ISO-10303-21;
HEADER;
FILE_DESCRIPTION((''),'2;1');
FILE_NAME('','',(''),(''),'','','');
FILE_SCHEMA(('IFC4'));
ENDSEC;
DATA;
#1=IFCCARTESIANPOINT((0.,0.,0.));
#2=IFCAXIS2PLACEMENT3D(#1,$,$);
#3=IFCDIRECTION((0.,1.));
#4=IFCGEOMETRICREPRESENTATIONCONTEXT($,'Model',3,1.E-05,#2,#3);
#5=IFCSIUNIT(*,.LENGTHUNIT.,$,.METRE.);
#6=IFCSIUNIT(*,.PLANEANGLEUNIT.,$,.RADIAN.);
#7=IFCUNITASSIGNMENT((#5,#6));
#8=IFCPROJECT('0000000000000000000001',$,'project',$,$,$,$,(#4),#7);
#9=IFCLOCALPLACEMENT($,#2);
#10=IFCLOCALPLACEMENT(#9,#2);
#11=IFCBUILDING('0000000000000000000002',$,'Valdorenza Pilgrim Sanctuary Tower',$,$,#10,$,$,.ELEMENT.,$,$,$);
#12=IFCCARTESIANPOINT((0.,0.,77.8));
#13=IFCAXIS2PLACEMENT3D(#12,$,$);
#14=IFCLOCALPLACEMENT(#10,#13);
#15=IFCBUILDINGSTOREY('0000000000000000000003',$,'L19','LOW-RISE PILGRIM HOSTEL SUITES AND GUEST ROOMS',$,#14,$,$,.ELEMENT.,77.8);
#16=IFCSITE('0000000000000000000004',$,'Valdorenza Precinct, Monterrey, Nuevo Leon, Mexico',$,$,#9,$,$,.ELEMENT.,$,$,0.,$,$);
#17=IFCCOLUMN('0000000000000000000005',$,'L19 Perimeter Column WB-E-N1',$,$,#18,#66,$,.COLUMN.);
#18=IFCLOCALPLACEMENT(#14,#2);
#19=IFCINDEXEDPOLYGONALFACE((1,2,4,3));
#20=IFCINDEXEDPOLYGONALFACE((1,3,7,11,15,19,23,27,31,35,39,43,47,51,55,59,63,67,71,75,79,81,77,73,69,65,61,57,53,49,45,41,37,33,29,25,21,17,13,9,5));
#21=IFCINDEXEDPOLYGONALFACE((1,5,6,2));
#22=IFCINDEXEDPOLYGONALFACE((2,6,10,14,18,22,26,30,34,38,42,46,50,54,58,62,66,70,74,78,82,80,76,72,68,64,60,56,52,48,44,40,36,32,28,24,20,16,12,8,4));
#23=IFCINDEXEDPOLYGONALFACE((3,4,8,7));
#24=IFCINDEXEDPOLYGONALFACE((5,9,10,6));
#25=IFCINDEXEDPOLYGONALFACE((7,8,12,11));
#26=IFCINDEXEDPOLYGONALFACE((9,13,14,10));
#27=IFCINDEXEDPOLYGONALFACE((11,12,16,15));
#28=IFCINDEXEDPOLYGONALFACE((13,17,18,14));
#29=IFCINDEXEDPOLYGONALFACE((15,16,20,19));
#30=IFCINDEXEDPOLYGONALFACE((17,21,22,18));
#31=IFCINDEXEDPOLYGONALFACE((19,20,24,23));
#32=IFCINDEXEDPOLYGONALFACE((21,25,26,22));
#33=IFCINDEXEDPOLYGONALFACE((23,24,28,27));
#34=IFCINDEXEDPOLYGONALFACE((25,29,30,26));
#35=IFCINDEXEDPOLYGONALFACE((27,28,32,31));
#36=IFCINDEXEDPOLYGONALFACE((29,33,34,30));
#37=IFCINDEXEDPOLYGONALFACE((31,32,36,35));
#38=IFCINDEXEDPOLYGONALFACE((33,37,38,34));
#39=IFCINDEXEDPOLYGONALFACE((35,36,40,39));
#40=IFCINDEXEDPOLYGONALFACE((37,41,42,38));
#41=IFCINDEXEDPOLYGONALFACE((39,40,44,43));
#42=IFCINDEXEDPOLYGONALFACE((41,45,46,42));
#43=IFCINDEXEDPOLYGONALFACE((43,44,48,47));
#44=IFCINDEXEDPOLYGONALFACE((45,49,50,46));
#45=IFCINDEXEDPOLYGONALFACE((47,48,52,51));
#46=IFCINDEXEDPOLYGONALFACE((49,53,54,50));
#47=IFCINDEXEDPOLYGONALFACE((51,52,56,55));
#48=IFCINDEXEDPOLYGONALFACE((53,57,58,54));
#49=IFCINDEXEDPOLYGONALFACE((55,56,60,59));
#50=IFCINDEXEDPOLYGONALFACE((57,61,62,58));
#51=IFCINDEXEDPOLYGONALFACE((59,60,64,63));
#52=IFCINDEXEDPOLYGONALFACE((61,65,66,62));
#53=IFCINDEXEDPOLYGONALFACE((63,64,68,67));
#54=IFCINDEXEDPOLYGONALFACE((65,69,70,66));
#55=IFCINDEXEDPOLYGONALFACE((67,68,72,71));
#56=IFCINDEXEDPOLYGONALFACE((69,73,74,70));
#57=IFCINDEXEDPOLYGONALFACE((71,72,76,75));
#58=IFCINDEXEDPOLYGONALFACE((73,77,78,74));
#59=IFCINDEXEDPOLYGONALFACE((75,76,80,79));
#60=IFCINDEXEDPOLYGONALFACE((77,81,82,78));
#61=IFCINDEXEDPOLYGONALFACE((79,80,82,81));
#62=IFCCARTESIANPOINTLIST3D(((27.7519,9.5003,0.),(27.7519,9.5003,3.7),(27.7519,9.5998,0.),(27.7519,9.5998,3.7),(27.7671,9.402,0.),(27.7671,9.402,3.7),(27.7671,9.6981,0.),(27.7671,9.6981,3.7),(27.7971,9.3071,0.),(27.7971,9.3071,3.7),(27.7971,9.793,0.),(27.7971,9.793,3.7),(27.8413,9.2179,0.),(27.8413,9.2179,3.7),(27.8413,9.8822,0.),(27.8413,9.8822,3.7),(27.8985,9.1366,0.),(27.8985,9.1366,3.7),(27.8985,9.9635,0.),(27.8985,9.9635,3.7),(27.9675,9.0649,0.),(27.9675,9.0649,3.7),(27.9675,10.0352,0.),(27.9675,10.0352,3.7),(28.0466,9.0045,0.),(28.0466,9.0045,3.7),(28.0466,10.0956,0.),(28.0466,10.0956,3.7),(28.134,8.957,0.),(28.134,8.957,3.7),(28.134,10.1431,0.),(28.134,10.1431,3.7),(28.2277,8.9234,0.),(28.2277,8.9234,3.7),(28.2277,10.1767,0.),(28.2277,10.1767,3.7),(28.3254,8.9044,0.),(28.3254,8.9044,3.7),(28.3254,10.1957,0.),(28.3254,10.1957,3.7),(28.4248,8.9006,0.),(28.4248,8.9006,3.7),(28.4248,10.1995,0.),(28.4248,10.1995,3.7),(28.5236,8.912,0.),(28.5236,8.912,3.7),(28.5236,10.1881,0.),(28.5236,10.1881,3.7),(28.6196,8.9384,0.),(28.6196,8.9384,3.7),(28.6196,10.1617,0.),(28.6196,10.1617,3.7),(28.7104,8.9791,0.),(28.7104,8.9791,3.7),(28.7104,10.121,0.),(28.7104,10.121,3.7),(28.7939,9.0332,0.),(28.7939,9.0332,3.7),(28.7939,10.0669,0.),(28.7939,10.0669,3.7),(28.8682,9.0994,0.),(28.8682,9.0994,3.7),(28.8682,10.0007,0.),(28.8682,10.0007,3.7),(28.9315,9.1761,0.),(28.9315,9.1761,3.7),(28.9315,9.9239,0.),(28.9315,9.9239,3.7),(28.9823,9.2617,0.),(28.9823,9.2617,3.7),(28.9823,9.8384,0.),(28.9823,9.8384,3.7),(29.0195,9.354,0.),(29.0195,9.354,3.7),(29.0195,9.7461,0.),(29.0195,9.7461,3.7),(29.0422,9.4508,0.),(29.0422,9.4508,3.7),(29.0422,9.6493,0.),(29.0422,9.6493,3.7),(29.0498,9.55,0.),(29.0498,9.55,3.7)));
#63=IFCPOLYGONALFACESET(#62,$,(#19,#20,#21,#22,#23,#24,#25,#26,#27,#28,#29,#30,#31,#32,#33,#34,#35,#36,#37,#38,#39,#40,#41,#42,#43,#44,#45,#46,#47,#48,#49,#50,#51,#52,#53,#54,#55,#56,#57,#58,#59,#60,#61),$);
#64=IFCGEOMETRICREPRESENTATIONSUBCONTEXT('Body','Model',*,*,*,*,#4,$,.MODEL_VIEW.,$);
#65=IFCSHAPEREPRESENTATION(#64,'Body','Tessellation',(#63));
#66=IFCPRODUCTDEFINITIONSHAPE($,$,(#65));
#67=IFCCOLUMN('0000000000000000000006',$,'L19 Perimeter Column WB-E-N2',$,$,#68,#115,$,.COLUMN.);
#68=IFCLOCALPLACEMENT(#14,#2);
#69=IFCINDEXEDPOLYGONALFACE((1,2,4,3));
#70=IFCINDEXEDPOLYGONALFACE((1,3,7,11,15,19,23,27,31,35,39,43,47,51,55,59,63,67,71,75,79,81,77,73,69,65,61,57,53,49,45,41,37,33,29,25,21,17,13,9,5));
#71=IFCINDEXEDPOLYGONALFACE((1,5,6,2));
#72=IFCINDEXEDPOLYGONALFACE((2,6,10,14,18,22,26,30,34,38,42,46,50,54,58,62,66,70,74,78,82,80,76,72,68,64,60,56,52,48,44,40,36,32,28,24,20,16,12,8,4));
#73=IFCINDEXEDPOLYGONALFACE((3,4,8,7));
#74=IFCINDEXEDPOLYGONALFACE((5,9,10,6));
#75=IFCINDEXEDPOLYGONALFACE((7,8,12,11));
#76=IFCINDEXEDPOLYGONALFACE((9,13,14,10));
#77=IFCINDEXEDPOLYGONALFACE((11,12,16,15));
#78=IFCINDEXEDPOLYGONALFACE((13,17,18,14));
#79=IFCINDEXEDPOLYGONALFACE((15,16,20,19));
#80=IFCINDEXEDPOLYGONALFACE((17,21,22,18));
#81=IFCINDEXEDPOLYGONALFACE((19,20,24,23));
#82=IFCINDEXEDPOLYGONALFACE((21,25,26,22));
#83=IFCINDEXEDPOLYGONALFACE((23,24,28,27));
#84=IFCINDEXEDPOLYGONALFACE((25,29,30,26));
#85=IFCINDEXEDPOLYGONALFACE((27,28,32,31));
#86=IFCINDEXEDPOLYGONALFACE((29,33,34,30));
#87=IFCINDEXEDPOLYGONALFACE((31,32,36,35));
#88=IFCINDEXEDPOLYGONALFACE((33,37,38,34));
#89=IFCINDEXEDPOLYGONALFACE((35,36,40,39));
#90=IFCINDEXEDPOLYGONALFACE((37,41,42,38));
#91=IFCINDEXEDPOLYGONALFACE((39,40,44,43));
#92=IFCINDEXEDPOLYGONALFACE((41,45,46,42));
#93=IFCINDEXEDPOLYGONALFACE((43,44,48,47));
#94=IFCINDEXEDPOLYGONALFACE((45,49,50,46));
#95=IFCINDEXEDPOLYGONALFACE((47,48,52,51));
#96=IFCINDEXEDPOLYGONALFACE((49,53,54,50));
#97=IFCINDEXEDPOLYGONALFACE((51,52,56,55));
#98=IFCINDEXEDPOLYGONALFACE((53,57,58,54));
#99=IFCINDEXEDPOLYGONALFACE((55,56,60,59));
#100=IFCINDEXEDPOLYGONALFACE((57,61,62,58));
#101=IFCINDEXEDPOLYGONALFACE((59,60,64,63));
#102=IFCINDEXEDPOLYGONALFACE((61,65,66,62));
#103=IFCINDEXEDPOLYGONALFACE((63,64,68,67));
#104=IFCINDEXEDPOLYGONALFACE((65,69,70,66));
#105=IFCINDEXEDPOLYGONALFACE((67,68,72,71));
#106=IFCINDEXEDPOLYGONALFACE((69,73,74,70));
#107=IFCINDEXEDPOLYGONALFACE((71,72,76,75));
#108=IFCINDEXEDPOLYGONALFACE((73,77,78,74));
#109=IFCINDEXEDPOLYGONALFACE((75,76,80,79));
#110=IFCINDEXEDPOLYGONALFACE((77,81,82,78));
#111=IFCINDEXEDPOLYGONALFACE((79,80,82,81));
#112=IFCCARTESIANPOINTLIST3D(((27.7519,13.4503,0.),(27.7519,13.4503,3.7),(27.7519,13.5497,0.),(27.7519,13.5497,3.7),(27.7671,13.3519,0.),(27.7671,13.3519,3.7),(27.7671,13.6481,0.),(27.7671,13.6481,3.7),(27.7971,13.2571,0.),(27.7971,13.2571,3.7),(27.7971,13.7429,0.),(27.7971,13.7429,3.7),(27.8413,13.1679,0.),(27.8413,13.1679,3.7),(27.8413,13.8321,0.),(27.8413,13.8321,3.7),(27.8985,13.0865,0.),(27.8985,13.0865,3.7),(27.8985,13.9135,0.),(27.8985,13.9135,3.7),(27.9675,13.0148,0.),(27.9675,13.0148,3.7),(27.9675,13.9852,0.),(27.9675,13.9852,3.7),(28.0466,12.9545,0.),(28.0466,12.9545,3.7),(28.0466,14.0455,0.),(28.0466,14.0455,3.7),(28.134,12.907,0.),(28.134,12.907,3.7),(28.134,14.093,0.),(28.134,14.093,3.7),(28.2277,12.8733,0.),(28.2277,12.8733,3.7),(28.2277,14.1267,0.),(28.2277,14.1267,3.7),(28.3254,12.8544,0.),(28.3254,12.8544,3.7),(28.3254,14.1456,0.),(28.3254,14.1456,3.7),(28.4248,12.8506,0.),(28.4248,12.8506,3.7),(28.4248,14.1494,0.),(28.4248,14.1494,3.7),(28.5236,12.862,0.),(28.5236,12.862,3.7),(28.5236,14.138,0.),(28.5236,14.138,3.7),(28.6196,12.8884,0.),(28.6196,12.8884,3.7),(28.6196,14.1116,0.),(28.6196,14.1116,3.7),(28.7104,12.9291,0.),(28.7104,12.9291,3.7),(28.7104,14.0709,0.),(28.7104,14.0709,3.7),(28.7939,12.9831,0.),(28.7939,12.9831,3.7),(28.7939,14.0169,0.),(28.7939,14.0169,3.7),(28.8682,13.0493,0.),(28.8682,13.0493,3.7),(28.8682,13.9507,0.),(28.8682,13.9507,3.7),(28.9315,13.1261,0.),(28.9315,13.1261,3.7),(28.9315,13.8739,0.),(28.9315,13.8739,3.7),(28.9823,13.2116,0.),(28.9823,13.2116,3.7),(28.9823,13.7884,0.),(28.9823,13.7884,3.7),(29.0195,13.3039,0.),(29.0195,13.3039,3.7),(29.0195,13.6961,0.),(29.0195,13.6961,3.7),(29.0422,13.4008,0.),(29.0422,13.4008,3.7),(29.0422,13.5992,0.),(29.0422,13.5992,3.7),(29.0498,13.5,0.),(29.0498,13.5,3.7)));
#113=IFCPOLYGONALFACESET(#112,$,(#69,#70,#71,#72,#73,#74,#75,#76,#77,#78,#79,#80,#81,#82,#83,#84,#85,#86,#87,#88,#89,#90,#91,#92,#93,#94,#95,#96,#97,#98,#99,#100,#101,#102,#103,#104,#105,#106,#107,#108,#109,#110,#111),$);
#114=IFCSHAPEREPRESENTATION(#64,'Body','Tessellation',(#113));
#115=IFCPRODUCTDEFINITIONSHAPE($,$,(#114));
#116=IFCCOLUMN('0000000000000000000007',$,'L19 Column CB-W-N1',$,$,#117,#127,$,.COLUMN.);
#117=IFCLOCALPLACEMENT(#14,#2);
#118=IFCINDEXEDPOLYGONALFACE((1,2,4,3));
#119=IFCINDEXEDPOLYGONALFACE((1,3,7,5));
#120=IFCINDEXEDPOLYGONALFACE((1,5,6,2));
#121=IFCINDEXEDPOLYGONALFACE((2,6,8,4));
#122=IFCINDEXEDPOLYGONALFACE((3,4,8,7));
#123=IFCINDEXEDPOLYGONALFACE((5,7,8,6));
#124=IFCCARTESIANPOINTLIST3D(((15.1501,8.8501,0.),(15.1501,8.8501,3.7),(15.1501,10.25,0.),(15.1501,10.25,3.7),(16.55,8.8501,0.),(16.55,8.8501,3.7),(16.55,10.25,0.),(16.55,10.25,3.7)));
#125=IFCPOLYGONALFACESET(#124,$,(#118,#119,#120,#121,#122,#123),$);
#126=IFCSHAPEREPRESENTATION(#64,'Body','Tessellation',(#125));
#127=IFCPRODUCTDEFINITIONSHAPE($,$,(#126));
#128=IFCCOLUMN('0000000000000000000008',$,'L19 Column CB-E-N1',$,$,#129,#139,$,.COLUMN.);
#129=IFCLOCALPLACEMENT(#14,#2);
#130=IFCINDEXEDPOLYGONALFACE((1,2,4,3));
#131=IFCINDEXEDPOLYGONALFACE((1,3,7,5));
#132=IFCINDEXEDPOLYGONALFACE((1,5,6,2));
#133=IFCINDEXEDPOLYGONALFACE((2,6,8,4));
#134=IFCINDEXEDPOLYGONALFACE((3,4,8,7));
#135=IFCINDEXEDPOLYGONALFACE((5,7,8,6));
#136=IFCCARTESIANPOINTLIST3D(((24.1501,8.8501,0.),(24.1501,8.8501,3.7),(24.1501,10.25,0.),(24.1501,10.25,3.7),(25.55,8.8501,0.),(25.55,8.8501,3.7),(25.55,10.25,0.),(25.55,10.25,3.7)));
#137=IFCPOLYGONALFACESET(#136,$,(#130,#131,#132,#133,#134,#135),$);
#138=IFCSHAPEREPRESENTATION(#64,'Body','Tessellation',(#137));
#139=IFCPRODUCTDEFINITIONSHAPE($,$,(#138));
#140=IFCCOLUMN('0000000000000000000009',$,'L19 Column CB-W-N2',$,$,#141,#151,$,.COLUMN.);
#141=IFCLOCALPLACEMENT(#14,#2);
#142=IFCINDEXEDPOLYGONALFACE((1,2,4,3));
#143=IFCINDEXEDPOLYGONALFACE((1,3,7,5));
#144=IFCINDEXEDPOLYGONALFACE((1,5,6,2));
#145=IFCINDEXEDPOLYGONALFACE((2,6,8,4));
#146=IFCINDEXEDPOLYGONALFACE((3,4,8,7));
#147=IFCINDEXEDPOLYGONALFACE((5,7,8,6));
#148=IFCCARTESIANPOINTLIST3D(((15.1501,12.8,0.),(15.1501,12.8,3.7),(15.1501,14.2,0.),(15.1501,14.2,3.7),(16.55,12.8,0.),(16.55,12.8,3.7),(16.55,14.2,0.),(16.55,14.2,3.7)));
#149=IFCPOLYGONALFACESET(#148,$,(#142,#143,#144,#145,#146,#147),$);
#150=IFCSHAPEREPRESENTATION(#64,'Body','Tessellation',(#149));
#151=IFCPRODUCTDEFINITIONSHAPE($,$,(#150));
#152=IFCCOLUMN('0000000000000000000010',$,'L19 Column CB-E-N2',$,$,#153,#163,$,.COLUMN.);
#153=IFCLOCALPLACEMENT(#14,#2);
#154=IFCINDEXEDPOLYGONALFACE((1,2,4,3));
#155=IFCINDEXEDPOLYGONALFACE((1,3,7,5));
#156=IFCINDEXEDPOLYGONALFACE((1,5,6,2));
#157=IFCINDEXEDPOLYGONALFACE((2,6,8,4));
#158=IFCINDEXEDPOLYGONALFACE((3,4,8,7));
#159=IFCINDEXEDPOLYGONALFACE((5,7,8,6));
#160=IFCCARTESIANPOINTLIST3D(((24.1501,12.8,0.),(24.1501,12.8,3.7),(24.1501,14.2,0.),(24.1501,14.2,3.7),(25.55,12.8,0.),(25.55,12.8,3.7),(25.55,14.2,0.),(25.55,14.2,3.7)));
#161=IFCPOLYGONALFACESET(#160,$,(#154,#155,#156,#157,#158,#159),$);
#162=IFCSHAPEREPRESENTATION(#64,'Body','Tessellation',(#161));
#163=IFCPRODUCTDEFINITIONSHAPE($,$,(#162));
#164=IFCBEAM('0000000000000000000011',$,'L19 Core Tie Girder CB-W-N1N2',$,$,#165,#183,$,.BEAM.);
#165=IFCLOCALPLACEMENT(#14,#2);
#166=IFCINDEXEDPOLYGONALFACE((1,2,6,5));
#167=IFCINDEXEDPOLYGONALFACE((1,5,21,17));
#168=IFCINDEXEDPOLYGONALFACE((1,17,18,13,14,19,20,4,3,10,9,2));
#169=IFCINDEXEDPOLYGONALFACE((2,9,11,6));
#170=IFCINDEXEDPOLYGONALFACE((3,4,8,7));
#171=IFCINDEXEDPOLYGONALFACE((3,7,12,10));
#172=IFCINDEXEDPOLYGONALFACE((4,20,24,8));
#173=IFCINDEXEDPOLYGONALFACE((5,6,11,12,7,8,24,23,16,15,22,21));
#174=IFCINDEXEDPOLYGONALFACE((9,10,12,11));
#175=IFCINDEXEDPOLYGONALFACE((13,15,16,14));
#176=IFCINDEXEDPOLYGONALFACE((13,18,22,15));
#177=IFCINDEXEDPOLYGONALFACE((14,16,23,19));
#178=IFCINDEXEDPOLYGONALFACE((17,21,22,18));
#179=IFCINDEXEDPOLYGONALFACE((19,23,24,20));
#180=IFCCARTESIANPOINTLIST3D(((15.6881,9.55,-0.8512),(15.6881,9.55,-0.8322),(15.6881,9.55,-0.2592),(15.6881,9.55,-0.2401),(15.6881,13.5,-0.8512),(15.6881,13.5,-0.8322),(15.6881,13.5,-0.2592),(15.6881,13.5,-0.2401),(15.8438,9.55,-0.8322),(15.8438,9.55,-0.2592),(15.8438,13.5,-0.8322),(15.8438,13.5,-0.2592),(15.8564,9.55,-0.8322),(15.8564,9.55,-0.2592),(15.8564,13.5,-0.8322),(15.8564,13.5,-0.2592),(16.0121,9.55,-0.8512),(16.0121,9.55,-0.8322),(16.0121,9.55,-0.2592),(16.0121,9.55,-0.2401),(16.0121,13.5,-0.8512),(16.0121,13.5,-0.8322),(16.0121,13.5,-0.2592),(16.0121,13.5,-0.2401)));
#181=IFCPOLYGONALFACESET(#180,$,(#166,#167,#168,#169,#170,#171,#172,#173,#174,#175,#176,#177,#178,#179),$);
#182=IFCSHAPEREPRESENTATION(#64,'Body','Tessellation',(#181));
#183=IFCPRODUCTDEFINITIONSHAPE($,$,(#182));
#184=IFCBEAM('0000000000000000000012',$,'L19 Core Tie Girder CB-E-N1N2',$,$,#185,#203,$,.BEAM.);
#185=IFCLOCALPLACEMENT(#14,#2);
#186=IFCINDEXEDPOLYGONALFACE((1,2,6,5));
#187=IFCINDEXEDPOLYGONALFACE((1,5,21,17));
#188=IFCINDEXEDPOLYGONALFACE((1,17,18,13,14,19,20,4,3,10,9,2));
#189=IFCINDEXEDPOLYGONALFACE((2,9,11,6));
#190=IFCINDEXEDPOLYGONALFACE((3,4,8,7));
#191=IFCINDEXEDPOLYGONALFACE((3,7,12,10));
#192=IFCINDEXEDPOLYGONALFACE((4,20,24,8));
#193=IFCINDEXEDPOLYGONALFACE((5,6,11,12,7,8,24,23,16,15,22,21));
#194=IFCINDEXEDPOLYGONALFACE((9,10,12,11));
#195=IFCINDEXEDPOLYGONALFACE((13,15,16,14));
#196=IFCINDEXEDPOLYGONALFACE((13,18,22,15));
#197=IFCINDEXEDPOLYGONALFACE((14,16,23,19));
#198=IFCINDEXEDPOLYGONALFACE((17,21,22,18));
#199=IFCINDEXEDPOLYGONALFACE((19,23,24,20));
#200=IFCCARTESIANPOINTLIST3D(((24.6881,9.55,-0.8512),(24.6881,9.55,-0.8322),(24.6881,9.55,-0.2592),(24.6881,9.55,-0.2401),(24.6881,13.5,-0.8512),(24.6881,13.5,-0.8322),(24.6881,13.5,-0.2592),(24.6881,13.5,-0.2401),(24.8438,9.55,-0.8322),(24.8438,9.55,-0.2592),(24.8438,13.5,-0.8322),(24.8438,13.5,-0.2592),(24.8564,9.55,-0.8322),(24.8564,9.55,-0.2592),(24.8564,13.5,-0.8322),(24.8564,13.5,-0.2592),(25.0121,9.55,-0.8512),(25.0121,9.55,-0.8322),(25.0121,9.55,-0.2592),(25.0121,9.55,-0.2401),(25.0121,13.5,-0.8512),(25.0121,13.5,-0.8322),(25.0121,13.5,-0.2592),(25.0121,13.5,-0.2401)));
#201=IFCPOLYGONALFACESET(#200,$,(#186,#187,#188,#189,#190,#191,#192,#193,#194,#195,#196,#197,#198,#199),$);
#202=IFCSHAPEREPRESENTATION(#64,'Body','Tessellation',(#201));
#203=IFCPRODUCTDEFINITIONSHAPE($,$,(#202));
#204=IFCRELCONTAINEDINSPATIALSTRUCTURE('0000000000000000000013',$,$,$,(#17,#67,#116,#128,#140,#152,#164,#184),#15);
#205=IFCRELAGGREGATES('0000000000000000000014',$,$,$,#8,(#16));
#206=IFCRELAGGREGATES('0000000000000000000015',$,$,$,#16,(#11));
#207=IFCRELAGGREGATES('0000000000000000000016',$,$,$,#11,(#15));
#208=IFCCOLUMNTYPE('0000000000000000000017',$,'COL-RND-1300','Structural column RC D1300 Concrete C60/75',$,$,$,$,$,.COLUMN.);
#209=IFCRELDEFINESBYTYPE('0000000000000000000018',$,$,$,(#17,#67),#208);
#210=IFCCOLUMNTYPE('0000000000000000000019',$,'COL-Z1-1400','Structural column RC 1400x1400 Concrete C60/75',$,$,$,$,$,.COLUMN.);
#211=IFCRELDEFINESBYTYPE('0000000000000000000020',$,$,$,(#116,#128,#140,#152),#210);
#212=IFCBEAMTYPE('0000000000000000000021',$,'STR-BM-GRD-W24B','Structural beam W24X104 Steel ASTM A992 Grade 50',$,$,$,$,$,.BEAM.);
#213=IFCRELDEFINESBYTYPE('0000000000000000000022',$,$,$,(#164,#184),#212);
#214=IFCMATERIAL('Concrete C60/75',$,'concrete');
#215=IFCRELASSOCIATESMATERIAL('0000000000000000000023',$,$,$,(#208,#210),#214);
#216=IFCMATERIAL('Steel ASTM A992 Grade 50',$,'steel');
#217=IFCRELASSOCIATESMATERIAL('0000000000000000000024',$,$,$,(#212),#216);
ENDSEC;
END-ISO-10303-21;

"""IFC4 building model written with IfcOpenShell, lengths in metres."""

from ifc_helpers import new_model, si_unit, direction, frame, origin, origin_2d, place, context, subcontext, project, spatial, rectangle, circle, i_section, extrude, source, transform, mapped, material, material_profile, profile_set, type_object, element, save


model = new_model("IFC4")

# Units and contexts
model_context = context("Model", 3, precision=1e-05, world=origin(), true_north=direction((0.0, 1.0)))
body_context = subcontext(model_context, "Body", "Model", "MODEL_VIEW")
ifc_project = project(units=[si_unit("LENGTHUNIT", "METRE"), si_unit("PLANEANGLEUNIT", "RADIAN")], contexts=[model_context])

# Site, building, storey
site_placement = place(None, origin())
site = spatial("IfcSite", under=ifc_project, at=site_placement, Name="Valdorenza Precinct, Monterrey, Nuevo Leon, Mexico", CompositionType="ELEMENT", RefElevation=0.0)
building_placement = place(site_placement, origin())
building = spatial("IfcBuilding", under=site, at=building_placement, Name="Valdorenza Pilgrim Sanctuary Tower", CompositionType="ELEMENT")
storey_placement = place(building_placement, frame((0.0, 0.0, 77.8)))
storey = spatial("IfcBuildingStorey", under=building, at=storey_placement, Name="L19", Description="LOW-RISE PILGRIM HOSTEL SUITES AND GUEST ROOMS", CompositionType="ELEMENT", Elevation=77.8)

# Columns
ifc_material_1 = material(Name="Concrete C60/75", Category="concrete")
ifc_material_profile_1 = material_profile(ifc_material_1, circle(Radius=0.6499, at=origin_2d()), Name="RC D1300")
ifc_profile_set_1 = profile_set([ifc_material_profile_1], Name="Concrete C60/75")
column_type_1 = type_object("IfcColumnType", Name="COL-RND-1300", Description="Structural column RC D1300 Concrete C60/75", PredefinedType="COLUMN", material=ifc_profile_set_1)
shared_shape_1 = source(origin(), body_context, "Body", "SweptSolid", [
    extrude(circle(Radius=0.6499, at=origin_2d()), origin(), (0.0, 0.0, 1.0), 3.7),
])
for number, where, z_axis, x_axis, name in (
    (1, (28.3999, 9.55, 0.0), (0.0, 0.0, 1.0), (1.0, 0.0, 0.0), "L19 Perimeter Column WB-E-N1"),
    (2, (28.3999, 13.5, 0.0), (0.0, 0.0, 1.0), (1.0, 0.0, 0.0), "L19 Perimeter Column WB-E-N2"),
):
    element("IfcColumn", number, at=place(storey_placement, frame(where, z_axis=z_axis, x_axis=x_axis)), inside=storey, type_object=column_type_1, Name=name, PredefinedType="COLUMN", context=body_context, shape_type="MappedRepresentation", body=[
        mapped(shared_shape_1, transform((0.0, 0.0, 0.0), x_axis=(1.0, 0.0, 0.0), y_axis=(0.0, 1.0, 0.0), z_axis=(0.0, 0.0, 1.0), scale=1.0)),
    ])
ifc_material_profile_2 = material_profile(ifc_material_1, rectangle(XDim=1.3999, YDim=1.3999, at=origin_2d()), Name="RC 1400x1400")
ifc_profile_set_2 = profile_set([ifc_material_profile_2], Name="Concrete C60/75")
column_type_2 = type_object("IfcColumnType", Name="COL-Z1-1400", Description="Structural column RC 1400x1400 Concrete C60/75", PredefinedType="COLUMN", material=ifc_profile_set_2)
shared_shape_2 = source(origin(), body_context, "Body", "SweptSolid", [
    extrude(rectangle(XDim=1.3999, YDim=1.3999, at=origin_2d()), origin(), (0.0, 0.0, 1.0), 3.7),
])
for number, where, z_axis, x_axis, name in (
    (3, (15.8501, 9.55, 0.0), (0.0, 0.0, 1.0), (1.0, 0.0, 0.0), "L19 Column CB-W-N1"),
    (4, (24.8501, 9.55, 0.0), (0.0, 0.0, 1.0), (1.0, 0.0, 0.0), "L19 Column CB-E-N1"),
    (5, (15.8501, 13.5, 0.0), (0.0, 0.0, 1.0), (1.0, 0.0, 0.0), "L19 Column CB-W-N2"),
    (6, (24.8501, 13.5, 0.0), (0.0, 0.0, 1.0), (1.0, 0.0, 0.0), "L19 Column CB-E-N2"),
):
    element("IfcColumn", number, at=place(storey_placement, frame(where, z_axis=z_axis, x_axis=x_axis)), inside=storey, type_object=column_type_2, Name=name, PredefinedType="COLUMN", context=body_context, shape_type="MappedRepresentation", body=[
        mapped(shared_shape_2, transform((0.0, 0.0, 0.0), x_axis=(1.0, 0.0, 0.0), y_axis=(0.0, 1.0, 0.0), z_axis=(0.0, 0.0, 1.0), scale=1.0)),
    ])

# Beams
ifc_material_2 = material(Name="Steel ASTM A992 Grade 50", Category="steel")
ifc_material_profile_3 = material_profile(ifc_material_2, i_section(OverallWidth=0.324, OverallDepth=0.6111, WebThickness=0.0127, FlangeThickness=0.019, at=origin_2d()), Name="W24X104")
ifc_profile_set_3 = profile_set([ifc_material_profile_3], Name="Steel ASTM A992 Grade 50")
beam_type_1 = type_object("IfcBeamType", Name="STR-BM-GRD-W24B", Description="Structural beam W24X104 Steel ASTM A992 Grade 50", PredefinedType="BEAM", material=ifc_profile_set_3)
shared_shape_3 = source(origin(), body_context, "Body", "SweptSolid", [
    extrude(i_section(OverallWidth=0.324, OverallDepth=0.6111, WebThickness=0.0127, FlangeThickness=0.019, at=origin_2d()), origin(), (0.0, 0.0, 1.0), 3.95),
])
for number, where, z_axis, x_axis, name in (
    (7, (15.8501, 9.55, -0.5457), (0.0, 1.0, 0.0), (-1.0, 0.0, 0.0), "L19 Core Tie Girder CB-W-N1N2"),
    (8, (24.8501, 9.55, -0.5457), (0.0, 1.0, 0.0), (-1.0, 0.0, 0.0), "L19 Core Tie Girder CB-E-N1N2"),
):
    element("IfcBeam", number, at=place(storey_placement, frame(where, z_axis=z_axis, x_axis=x_axis)), inside=storey, type_object=beam_type_1, Name=name, PredefinedType="BEAM", context=body_context, shape_type="MappedRepresentation", body=[
        mapped(shared_shape_3, transform((0.0, 0.0, 0.0), x_axis=(1.0, 0.0, 0.0), y_axis=(0.0, 1.0, 0.0), z_axis=(0.0, 0.0, 1.0), scale=1.0)),
    ])

save(model, "model.ifc")
